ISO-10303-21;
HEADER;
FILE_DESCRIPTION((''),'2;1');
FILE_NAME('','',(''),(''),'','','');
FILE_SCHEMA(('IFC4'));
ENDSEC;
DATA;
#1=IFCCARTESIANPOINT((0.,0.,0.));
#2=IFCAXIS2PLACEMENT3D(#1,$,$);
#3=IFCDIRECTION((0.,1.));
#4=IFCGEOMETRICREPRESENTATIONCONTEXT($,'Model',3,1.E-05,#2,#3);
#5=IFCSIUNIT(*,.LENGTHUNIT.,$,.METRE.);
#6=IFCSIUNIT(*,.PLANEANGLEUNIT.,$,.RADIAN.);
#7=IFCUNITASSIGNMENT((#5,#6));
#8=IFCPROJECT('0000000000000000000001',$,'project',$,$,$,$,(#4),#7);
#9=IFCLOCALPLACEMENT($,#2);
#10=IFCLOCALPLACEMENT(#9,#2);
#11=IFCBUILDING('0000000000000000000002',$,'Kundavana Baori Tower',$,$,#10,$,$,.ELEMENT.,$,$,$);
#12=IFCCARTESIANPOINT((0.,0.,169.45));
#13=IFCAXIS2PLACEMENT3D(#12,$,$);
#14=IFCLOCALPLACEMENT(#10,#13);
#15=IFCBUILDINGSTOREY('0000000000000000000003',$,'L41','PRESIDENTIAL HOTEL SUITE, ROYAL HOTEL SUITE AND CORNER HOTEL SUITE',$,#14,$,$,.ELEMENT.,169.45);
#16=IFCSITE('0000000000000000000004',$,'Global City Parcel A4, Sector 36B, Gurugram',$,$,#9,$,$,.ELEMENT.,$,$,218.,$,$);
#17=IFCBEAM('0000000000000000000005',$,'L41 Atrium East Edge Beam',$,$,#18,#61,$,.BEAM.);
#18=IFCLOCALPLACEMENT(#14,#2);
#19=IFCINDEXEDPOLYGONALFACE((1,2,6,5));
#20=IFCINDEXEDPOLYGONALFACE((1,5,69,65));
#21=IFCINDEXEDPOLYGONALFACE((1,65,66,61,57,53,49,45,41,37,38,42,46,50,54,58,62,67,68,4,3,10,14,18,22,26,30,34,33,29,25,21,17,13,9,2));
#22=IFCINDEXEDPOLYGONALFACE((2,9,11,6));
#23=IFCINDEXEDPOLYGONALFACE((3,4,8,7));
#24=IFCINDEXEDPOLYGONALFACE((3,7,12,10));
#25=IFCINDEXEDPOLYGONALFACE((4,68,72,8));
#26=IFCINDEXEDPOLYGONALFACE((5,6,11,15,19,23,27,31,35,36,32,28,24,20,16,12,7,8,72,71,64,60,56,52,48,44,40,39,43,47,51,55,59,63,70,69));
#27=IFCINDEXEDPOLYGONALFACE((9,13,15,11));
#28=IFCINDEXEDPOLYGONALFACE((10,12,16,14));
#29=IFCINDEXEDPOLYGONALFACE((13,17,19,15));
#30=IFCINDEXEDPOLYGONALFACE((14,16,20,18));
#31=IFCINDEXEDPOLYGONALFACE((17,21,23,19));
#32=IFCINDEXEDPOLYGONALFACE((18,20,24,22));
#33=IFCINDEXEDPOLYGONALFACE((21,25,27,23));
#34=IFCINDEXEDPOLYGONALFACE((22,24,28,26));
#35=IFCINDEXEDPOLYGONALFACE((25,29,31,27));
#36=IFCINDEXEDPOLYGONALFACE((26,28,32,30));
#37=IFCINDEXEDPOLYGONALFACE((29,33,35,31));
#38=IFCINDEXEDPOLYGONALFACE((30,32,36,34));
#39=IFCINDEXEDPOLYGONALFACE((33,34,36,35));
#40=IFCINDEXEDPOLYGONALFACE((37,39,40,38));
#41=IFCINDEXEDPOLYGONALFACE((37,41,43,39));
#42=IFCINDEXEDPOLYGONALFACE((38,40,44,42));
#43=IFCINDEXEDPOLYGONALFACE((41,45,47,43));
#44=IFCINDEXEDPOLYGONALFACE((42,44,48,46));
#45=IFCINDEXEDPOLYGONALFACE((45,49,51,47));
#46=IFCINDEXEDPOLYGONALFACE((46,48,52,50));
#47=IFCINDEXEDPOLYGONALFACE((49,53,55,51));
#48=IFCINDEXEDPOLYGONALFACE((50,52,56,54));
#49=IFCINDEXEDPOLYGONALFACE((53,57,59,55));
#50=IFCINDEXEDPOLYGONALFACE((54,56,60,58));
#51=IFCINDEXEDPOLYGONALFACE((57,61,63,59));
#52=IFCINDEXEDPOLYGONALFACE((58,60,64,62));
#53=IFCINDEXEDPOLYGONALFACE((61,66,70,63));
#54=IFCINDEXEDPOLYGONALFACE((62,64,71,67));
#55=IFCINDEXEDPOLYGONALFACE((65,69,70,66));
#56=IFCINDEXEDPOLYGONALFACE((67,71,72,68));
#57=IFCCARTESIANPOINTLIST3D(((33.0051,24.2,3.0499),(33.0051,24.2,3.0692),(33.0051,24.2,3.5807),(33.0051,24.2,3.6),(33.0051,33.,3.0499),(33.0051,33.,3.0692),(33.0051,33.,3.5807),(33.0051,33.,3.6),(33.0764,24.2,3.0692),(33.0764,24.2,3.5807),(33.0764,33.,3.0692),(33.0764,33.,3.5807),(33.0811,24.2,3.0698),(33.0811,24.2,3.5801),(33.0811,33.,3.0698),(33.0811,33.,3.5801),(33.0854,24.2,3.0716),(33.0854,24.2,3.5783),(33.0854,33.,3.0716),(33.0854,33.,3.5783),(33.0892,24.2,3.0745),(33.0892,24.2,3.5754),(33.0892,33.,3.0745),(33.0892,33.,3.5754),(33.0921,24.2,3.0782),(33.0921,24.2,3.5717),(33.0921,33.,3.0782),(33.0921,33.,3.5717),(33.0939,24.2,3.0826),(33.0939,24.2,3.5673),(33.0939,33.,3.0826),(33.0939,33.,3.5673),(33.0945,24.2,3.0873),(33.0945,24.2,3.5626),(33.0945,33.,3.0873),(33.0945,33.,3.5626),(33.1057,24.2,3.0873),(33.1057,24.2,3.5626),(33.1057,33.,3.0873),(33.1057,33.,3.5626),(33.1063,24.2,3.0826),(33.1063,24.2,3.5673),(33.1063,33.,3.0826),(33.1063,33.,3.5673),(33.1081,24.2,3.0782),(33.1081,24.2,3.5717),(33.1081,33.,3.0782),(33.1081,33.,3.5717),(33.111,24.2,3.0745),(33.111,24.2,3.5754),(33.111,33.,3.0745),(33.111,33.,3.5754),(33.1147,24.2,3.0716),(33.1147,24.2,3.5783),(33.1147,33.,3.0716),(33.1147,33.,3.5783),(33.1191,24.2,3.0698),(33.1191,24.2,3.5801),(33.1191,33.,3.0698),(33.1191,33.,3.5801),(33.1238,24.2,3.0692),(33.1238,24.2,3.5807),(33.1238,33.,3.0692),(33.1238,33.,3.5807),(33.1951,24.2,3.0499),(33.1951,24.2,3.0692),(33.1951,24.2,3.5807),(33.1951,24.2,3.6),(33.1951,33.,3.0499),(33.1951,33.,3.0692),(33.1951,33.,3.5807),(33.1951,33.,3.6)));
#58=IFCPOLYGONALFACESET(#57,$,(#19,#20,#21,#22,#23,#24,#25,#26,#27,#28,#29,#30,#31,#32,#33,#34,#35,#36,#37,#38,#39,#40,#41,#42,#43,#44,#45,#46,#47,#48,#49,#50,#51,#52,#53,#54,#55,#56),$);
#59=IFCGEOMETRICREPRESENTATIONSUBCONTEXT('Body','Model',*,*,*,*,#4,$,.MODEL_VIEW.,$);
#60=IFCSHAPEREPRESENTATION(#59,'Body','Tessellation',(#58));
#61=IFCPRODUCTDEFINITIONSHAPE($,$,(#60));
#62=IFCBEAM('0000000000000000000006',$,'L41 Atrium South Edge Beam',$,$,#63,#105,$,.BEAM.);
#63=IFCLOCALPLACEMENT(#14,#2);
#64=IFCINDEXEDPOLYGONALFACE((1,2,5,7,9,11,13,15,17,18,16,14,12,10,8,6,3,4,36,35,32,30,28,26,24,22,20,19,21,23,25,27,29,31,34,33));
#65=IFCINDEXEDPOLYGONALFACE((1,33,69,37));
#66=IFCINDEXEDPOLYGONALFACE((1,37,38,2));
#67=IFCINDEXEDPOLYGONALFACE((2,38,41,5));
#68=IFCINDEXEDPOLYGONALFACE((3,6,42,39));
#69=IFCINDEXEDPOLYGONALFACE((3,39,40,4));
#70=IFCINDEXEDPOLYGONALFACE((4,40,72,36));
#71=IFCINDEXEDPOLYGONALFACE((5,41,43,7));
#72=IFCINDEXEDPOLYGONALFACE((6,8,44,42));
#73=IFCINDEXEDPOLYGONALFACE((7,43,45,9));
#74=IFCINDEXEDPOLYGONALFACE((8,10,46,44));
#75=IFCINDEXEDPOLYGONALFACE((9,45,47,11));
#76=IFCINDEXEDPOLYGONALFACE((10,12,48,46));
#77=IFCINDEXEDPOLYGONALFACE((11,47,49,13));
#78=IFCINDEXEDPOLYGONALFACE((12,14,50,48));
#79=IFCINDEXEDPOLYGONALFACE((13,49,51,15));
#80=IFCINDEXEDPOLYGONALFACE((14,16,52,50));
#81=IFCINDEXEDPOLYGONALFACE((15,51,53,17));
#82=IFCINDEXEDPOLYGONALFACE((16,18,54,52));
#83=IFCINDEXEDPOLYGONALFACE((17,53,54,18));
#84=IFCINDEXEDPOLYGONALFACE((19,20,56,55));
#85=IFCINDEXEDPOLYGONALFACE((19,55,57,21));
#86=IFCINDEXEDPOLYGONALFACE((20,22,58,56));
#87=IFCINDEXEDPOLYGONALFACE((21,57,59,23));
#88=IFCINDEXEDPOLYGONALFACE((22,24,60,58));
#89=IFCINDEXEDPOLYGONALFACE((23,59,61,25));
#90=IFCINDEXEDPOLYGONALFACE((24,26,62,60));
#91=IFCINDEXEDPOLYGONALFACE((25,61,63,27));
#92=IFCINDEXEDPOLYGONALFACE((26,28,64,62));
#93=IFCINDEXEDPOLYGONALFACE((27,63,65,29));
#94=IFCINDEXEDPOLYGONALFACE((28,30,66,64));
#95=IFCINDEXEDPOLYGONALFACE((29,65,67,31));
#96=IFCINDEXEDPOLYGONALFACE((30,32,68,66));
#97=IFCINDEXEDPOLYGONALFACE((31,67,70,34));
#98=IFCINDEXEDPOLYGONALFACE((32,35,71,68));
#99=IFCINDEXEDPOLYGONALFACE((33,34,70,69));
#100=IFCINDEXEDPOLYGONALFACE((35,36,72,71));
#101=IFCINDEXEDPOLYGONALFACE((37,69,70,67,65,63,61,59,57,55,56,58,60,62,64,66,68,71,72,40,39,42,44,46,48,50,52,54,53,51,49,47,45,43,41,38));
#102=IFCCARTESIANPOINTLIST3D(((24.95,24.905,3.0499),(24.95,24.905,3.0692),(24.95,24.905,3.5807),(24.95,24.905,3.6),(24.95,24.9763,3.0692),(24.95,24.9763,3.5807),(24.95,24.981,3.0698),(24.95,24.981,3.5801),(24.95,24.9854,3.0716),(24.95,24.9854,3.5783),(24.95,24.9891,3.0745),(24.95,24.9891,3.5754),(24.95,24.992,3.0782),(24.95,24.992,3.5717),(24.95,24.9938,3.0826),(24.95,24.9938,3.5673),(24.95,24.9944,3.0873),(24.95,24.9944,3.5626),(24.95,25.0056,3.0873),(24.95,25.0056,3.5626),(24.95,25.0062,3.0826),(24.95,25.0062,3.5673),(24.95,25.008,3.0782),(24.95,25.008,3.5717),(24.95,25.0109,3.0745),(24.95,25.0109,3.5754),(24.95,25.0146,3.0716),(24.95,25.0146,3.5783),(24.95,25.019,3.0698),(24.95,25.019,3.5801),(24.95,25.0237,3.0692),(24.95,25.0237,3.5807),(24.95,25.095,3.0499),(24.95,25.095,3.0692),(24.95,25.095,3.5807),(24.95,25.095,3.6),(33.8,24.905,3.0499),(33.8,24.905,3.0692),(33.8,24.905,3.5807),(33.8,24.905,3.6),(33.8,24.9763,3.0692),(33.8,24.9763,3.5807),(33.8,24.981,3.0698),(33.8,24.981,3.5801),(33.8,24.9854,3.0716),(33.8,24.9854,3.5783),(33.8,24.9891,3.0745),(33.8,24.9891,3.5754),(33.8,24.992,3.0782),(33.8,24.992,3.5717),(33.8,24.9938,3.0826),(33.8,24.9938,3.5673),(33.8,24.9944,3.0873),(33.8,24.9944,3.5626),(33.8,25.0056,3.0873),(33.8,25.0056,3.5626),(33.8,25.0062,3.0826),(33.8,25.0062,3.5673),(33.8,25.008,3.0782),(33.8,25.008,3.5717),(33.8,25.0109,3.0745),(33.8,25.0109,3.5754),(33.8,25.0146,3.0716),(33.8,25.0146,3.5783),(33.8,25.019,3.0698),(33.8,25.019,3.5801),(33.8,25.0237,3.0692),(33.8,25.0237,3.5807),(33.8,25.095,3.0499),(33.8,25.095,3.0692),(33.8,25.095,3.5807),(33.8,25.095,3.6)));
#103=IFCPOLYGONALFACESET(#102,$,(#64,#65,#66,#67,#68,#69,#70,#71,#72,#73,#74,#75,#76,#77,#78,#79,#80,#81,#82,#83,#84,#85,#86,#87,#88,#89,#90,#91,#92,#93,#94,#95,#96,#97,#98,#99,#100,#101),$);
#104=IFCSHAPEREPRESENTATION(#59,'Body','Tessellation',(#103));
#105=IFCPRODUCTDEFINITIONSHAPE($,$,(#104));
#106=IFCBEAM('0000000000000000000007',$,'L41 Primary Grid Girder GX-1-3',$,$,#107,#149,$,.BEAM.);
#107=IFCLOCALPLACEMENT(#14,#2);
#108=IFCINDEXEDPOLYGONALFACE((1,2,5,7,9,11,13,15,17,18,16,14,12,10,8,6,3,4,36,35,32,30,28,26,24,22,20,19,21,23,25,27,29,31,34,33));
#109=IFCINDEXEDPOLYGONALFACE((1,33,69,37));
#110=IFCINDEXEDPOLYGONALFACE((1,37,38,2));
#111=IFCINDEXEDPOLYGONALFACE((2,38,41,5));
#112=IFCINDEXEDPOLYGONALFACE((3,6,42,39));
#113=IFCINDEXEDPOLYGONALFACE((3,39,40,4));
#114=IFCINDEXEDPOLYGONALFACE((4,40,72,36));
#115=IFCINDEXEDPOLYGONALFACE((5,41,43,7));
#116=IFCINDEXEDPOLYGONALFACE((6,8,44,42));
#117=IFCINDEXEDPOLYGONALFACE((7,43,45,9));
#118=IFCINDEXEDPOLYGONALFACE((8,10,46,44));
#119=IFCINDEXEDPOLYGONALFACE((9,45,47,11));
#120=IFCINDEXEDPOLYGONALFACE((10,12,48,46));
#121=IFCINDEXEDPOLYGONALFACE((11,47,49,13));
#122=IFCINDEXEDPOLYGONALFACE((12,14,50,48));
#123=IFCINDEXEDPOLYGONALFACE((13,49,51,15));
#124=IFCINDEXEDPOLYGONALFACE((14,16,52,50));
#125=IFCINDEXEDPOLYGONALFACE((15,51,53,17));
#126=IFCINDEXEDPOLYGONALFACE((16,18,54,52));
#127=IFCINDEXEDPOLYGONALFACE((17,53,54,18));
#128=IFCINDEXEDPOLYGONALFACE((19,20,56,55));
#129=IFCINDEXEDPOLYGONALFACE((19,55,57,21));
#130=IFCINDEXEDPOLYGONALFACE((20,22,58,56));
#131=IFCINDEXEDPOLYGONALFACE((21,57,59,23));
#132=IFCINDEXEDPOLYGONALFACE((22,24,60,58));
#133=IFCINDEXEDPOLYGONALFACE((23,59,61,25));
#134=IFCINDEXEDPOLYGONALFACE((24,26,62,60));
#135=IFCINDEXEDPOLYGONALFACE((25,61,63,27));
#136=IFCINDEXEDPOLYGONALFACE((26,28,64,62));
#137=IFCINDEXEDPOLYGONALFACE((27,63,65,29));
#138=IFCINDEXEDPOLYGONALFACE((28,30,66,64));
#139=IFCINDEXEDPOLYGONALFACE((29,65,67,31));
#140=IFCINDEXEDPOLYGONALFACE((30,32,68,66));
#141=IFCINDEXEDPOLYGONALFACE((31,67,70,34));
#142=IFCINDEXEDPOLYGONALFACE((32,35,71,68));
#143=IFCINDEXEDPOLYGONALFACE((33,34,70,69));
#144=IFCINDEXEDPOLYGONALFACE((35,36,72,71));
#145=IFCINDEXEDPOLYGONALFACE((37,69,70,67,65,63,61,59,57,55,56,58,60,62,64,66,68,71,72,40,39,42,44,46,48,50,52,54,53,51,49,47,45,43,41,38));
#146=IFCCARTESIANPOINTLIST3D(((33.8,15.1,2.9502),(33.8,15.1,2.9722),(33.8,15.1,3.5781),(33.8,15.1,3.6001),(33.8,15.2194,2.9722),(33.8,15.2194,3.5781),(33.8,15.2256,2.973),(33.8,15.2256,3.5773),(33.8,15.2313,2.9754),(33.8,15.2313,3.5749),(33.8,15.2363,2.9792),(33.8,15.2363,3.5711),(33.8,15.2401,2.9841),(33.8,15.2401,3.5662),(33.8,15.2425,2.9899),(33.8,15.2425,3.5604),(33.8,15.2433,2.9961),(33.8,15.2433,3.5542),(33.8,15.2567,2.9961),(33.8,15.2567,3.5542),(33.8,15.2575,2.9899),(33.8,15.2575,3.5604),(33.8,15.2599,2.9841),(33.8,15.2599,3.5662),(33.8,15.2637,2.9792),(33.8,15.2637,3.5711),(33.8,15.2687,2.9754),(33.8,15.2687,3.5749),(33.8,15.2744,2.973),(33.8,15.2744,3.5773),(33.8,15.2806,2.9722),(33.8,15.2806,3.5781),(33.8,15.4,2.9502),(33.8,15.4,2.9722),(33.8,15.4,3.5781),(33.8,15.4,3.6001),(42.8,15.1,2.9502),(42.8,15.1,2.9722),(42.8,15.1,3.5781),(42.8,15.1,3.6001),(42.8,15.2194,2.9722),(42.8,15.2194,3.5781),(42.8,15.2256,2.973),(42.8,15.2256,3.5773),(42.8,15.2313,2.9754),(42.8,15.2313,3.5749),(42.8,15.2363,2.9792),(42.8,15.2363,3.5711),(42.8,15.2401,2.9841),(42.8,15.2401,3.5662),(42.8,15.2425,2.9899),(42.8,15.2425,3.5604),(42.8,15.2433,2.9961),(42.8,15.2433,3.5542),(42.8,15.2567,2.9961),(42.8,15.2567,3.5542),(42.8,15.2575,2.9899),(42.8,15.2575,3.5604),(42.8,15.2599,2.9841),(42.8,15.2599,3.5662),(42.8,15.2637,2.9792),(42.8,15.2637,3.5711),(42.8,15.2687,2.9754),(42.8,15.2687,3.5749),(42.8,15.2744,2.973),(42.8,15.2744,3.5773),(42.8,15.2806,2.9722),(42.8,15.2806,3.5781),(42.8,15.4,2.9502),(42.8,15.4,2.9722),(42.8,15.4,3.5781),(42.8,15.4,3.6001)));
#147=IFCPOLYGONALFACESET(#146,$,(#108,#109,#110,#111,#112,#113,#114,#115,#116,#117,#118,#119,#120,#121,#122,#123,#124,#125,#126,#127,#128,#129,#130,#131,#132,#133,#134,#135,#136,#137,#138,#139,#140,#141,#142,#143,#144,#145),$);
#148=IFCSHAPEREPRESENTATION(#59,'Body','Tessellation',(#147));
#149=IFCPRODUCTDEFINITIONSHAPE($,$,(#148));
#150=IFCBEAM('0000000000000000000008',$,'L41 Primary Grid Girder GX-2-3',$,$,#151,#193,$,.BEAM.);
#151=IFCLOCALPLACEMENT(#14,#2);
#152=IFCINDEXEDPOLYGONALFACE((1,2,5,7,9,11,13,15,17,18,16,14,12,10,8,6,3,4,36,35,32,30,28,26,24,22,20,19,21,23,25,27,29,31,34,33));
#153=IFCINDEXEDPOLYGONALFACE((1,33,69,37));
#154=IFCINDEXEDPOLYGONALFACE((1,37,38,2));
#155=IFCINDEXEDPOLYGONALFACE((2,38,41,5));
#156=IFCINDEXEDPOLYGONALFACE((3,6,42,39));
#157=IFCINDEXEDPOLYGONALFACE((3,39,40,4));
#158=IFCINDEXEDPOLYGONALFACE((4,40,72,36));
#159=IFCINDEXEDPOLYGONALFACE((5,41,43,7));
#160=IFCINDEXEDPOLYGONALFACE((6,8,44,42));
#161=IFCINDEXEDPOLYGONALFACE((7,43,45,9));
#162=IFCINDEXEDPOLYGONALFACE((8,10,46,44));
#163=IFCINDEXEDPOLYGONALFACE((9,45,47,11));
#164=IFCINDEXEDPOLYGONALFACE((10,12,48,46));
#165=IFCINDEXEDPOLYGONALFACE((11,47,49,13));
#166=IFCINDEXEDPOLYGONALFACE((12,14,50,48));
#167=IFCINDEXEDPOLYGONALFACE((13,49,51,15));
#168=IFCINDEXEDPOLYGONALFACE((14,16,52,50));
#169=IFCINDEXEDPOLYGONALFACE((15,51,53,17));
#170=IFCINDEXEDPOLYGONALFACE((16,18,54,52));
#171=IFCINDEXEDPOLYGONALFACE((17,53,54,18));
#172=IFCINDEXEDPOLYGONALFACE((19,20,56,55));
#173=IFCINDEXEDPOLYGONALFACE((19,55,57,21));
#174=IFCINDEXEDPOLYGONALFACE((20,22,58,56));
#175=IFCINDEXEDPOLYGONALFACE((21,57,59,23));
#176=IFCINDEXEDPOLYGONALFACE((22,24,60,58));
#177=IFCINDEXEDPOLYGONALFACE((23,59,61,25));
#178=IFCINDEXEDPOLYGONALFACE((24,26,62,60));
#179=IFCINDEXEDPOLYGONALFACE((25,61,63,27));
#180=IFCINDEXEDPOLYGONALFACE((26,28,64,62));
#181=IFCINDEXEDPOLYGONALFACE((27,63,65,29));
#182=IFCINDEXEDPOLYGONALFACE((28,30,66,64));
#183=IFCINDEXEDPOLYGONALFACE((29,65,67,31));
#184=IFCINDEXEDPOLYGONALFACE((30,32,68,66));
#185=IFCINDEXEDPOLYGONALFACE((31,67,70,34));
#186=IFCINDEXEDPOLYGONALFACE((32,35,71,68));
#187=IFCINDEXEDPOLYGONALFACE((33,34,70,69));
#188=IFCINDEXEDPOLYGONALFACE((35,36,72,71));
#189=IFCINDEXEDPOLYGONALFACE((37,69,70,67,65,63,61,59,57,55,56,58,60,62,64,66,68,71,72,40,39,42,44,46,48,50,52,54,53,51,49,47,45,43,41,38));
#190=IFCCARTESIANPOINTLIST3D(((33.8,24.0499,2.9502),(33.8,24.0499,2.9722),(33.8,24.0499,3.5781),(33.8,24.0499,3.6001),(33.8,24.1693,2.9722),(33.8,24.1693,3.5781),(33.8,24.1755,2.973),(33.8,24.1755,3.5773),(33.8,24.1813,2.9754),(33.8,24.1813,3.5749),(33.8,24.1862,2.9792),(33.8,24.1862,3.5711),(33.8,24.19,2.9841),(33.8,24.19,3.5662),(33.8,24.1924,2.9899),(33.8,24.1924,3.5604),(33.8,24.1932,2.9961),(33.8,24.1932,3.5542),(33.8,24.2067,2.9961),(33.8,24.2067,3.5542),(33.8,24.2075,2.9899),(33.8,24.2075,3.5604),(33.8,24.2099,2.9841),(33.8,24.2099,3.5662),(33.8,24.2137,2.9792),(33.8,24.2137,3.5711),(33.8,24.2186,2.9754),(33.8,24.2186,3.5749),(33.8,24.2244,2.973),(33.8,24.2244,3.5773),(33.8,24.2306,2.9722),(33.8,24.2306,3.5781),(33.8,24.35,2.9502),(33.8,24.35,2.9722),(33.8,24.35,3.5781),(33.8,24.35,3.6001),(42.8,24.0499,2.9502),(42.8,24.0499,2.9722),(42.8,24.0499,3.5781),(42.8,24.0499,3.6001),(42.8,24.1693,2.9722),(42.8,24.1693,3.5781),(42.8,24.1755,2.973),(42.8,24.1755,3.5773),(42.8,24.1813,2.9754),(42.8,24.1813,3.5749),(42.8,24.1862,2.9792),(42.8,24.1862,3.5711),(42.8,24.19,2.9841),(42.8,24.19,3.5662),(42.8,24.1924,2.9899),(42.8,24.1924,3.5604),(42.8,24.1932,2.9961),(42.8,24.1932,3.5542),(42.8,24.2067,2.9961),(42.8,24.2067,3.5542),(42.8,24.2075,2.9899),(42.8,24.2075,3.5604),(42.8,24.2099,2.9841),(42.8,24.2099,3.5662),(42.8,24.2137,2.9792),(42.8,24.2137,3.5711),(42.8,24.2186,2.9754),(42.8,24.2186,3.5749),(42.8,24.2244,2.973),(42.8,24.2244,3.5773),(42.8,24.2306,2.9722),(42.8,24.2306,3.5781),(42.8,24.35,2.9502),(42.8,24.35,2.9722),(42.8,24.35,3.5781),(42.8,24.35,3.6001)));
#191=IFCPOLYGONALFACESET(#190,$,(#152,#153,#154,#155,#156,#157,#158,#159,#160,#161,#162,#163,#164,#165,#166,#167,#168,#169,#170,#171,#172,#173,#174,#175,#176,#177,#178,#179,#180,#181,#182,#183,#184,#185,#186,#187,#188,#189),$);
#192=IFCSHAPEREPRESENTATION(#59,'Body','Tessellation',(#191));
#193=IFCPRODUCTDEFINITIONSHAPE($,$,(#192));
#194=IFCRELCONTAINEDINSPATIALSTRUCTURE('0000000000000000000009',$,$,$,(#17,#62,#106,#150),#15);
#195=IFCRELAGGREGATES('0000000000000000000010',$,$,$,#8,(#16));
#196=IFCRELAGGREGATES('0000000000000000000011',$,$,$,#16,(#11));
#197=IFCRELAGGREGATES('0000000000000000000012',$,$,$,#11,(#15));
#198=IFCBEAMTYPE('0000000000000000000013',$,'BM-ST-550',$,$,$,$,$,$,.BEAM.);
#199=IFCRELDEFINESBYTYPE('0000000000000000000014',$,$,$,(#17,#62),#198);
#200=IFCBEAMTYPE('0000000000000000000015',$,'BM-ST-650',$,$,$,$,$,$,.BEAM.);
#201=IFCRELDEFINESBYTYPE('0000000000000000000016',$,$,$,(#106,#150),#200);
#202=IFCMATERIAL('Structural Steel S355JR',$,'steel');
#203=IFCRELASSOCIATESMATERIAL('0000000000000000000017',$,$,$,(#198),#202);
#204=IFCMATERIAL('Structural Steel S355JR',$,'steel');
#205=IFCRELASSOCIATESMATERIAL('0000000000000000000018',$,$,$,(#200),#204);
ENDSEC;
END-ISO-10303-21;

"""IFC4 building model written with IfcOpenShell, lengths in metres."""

from ifc_helpers import new_model, si_unit, direction, frame, origin, origin_2d, place, context, subcontext, project, spatial, i_section, extrude, material, material_profile, profile_set, type_object, element, save


model = new_model("IFC4")

# Units and contexts
model_context = context("Model", 3, precision=1e-05, world=origin(), true_north=direction((0.0, 1.0)))
body_context = subcontext(model_context, "Body", "Model", "MODEL_VIEW")
ifc_project = project(units=[si_unit("LENGTHUNIT", "METRE"), si_unit("PLANEANGLEUNIT", "RADIAN")], contexts=[model_context])

# Site, building, storey
site_placement = place(None, origin())
site = spatial("IfcSite", under=ifc_project, at=site_placement, Name="Global City Parcel A4, Sector 36B, Gurugram", CompositionType="ELEMENT", RefElevation=218.0)
building_placement = place(site_placement, origin())
building = spatial("IfcBuilding", under=site, at=building_placement, Name="Kundavana Baori Tower", CompositionType="ELEMENT")
storey_placement = place(building_placement, frame((0.0, 0.0, 169.45)))
storey = spatial("IfcBuildingStorey", under=building, at=storey_placement, Name="L41", Description="PRESIDENTIAL HOTEL SUITE, ROYAL HOTEL SUITE AND CORNER HOTEL SUITE", CompositionType="ELEMENT", Elevation=169.45)

# Beams
ifc_material_1 = material(Name="Structural Steel S355JR", Category="steel")
ifc_material_profile_1 = material_profile(ifc_material_1, i_section(OverallWidth=0.1899, OverallDepth=0.55, WebThickness=0.0112, FlangeThickness=0.0193, FilletRadius=0.0181, at=origin_2d()), Name="ISMB 550")
ifc_profile_set_1 = profile_set([ifc_material_profile_1], Name="Structural Steel S355JR")
beam_type_1 = type_object("IfcBeamType", Name="BM-ST-550", PredefinedType="BEAM", material=ifc_profile_set_1)
for number, where, z_axis, x_axis, name in (
    (1, (33.1001, 24.2, 3.325), (0.0, 1.0, 0.0), (-1.0, 0.0, 0.0), "L41 Atrium East Edge Beam"),
):
    element("IfcBeam", number, at=place(storey_placement, frame(where, z_axis=z_axis, x_axis=x_axis)), inside=storey, type_object=beam_type_1, Name=name, PredefinedType="BEAM", context=body_context, shape_type="SweptSolid", body=[
        extrude(i_section(OverallWidth=0.1899, OverallDepth=0.55, WebThickness=0.0112, FlangeThickness=0.0193, FilletRadius=0.0181, at=origin_2d()), origin(), (0.0, 0.0, 1.0), 8.8),
    ])
beam_1_placement = place(storey_placement, frame((24.95, 25.0, 3.325), z_axis=(1.0, 0.0, 0.0), x_axis=(0.0, 1.0, 0.0)))
element("IfcBeam", 2, at=beam_1_placement, inside=storey, type_object=beam_type_1, Name="L41 Atrium South Edge Beam", PredefinedType="BEAM", context=body_context, shape_type="SweptSolid", body=[
    extrude(i_section(OverallWidth=0.1899, OverallDepth=0.55, WebThickness=0.0112, FlangeThickness=0.0193, FilletRadius=0.0181, at=origin_2d()), origin(), (0.0, 0.0, 1.0), 8.8501),
])
ifc_material_2 = material(Name="Structural Steel S355JR", Category="steel")
ifc_material_profile_2 = material_profile(ifc_material_2, i_section(OverallWidth=0.3, OverallDepth=0.6499, WebThickness=0.0134, FlangeThickness=0.022, FilletRadius=0.0239, at=origin_2d()), Name="NPB 650x300x155")
ifc_profile_set_2 = profile_set([ifc_material_profile_2], Name="Structural Steel S355JR")
beam_type_2 = type_object("IfcBeamType", Name="BM-ST-650", PredefinedType="BEAM", material=ifc_profile_set_2)
for number, where, z_axis, x_axis, name in (
    (3, (33.8, 15.25, 3.2751), (1.0, 0.0, 0.0), (0.0, 1.0, 0.0), "L41 Primary Grid Girder GX-1-3"),
    (4, (33.8, 24.2, 3.2751), (1.0, 0.0, 0.0), (0.0, 1.0, 0.0), "L41 Primary Grid Girder GX-2-3"),
):
    element("IfcBeam", number, at=place(storey_placement, frame(where, z_axis=z_axis, x_axis=x_axis)), inside=storey, type_object=beam_type_2, Name=name, PredefinedType="BEAM", context=body_context, shape_type="SweptSolid", body=[
        extrude(i_section(OverallWidth=0.3, OverallDepth=0.6499, WebThickness=0.0134, FlangeThickness=0.022, FilletRadius=0.0239, at=origin_2d()), origin(), (0.0, 0.0, 1.0), 9.0),
    ])

save(model, "model.ifc")
